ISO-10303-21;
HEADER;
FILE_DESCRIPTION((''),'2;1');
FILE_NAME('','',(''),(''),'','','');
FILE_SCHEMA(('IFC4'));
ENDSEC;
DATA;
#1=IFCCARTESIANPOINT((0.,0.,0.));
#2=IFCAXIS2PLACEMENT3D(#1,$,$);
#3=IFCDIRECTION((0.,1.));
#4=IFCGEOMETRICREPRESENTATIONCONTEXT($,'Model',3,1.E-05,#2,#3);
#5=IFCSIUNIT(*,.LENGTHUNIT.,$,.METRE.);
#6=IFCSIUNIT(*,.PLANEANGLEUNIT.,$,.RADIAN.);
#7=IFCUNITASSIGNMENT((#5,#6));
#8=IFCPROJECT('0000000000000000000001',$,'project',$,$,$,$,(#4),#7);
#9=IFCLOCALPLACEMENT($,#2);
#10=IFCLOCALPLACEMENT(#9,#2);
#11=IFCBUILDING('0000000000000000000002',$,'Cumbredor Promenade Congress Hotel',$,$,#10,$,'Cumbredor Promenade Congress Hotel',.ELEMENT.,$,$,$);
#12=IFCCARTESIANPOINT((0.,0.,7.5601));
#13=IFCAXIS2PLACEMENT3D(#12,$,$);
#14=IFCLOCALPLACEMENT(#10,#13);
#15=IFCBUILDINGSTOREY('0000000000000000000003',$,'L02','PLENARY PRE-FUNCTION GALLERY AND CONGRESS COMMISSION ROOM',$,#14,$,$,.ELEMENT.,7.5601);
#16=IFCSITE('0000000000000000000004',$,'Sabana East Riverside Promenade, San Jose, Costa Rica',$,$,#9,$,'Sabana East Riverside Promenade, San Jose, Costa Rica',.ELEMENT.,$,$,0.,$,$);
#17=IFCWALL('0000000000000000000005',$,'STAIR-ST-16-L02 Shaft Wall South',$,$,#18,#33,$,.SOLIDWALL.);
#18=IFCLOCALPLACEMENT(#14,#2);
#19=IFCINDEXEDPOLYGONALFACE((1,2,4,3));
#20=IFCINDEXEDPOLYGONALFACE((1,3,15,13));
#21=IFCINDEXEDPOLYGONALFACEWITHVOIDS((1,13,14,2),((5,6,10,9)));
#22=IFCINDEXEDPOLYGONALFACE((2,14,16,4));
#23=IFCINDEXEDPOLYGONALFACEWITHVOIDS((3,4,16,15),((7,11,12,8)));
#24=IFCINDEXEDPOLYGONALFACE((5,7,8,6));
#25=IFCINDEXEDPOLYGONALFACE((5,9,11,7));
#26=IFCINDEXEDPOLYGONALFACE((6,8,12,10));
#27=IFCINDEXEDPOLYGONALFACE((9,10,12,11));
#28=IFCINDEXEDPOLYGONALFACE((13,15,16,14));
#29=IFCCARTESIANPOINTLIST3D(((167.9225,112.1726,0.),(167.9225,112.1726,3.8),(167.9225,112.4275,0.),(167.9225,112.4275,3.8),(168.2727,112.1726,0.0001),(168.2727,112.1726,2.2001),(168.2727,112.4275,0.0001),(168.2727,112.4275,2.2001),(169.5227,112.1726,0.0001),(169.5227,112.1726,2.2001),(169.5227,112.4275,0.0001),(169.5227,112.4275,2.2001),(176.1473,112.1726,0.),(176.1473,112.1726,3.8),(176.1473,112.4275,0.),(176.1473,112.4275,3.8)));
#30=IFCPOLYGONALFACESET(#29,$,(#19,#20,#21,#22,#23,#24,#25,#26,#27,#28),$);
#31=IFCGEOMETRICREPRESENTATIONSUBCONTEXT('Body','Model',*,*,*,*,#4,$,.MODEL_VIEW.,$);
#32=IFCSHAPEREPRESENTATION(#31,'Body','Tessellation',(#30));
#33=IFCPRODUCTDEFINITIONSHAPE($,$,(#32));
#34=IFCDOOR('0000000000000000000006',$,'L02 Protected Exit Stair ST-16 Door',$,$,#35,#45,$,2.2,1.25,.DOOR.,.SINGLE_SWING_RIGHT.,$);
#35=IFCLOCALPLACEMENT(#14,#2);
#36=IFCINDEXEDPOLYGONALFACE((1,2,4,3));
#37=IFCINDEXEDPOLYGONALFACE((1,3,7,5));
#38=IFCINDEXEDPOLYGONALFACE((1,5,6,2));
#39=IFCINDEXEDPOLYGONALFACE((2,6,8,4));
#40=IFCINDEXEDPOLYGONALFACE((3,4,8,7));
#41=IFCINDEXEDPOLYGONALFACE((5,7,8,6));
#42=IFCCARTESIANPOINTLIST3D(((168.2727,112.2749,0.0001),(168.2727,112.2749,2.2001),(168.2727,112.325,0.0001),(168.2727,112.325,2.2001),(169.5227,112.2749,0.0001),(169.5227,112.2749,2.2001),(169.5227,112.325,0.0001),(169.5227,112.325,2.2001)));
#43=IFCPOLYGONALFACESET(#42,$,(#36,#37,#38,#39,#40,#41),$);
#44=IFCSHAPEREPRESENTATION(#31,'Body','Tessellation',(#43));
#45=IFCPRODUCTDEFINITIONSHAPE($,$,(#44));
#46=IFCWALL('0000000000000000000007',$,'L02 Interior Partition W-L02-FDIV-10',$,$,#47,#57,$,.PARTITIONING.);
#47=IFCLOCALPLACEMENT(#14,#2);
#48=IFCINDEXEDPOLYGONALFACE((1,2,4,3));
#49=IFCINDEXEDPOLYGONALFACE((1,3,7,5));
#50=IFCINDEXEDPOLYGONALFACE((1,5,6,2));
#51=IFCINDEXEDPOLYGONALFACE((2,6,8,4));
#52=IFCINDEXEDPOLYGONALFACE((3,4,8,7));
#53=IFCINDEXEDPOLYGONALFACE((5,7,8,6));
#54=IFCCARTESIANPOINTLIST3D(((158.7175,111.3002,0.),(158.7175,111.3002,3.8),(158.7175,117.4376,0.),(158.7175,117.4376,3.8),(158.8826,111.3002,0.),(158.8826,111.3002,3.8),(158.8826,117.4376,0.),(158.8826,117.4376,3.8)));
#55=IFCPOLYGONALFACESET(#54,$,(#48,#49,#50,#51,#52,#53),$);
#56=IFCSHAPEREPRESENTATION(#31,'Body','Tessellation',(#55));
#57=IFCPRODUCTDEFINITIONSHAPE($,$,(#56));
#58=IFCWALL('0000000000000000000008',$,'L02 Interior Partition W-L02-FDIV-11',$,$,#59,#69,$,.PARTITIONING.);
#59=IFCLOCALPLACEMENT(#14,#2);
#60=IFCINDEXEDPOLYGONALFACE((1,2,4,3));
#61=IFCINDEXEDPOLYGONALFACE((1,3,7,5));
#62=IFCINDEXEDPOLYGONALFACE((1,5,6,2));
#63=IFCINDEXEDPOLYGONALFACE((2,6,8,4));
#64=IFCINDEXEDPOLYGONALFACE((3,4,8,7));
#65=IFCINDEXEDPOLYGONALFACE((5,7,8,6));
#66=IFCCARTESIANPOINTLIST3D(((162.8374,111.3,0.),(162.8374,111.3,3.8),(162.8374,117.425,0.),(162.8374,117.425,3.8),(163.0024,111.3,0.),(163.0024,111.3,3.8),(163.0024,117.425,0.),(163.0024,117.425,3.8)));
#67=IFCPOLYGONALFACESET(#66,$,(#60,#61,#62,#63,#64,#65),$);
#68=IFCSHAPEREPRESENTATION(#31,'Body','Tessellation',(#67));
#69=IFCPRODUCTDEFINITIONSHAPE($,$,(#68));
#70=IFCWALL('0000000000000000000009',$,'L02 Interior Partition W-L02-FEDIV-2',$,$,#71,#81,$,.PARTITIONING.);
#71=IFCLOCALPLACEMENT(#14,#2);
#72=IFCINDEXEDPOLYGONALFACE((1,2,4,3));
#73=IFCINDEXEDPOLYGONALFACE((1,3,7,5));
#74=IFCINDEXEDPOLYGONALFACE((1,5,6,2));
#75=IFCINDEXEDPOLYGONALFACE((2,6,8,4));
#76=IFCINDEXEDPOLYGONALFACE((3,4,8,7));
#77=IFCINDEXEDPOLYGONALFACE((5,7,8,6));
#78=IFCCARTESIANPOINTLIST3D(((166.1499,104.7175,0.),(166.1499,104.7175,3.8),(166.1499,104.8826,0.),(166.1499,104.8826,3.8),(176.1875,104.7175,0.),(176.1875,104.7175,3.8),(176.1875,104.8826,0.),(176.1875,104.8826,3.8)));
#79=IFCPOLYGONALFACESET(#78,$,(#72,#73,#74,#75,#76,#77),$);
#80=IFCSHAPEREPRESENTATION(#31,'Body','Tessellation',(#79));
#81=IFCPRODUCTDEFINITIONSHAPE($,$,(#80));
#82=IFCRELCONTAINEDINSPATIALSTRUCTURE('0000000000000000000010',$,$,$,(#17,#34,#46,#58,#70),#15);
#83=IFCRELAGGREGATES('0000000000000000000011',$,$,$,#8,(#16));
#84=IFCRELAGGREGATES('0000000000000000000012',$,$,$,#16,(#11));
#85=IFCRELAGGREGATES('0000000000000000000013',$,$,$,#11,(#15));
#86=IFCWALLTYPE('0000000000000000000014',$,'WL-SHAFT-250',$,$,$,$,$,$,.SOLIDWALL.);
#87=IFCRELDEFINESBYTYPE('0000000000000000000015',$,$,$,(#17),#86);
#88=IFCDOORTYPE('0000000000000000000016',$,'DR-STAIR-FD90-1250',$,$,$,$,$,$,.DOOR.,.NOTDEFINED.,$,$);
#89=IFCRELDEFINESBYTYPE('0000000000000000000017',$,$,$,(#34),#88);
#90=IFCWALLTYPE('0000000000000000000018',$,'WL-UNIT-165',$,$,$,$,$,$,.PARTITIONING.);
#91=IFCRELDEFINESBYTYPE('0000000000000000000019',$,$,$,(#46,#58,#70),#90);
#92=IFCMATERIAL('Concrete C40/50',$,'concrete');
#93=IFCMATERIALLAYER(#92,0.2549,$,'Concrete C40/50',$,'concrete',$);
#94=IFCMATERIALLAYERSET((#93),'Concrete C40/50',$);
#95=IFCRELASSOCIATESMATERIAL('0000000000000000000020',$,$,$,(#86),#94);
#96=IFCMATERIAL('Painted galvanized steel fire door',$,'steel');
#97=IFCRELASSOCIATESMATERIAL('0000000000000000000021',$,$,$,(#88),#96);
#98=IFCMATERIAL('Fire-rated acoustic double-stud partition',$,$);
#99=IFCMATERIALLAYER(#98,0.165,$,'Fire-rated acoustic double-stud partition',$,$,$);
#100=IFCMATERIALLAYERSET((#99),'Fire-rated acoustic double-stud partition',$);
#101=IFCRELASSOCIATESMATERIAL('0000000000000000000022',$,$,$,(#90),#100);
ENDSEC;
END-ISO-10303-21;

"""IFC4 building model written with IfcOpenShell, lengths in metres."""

from ifc_helpers import new_model, si_unit, direction, frame, frame_2d, origin, place, context, subcontext, project, spatial, rectangle, extrude, material, layer, layer_set, type_object, element, fill, save


model = new_model("IFC4")

# Units and contexts
model_context = context("Model", 3, precision=1e-05, world=origin(), true_north=direction((0.0, 1.0)))
body_context = subcontext(model_context, "Body", "Model", "MODEL_VIEW")
ifc_project = project(units=[si_unit("LENGTHUNIT", "METRE"), si_unit("PLANEANGLEUNIT", "RADIAN")], contexts=[model_context])

# Site, building, storey
site_placement = place(None, origin())
site = spatial("IfcSite", under=ifc_project, at=site_placement, Name="Sabana East Riverside Promenade, San Jose, Costa Rica", LongName="Sabana East Riverside Promenade, San Jose, Costa Rica", CompositionType="ELEMENT", RefElevation=0.0)
building_placement = place(site_placement, origin())
building = spatial("IfcBuilding", under=site, at=building_placement, Name="Cumbredor Promenade Congress Hotel", LongName="Cumbredor Promenade Congress Hotel", CompositionType="ELEMENT")
storey_placement = place(building_placement, frame((0.0, 0.0, 7.5601)))
storey = spatial("IfcBuildingStorey", under=building, at=storey_placement, Name="L02", Description="PLENARY PRE-FUNCTION GALLERY AND CONGRESS COMMISSION ROOM", CompositionType="ELEMENT", Elevation=7.5601)

# Shared definitions
ifc_material_1 = material(Name="Concrete C40/50", Category="concrete")

# Wall, opening, door
ifc_layer_1 = layer(ifc_material_1, 0.2549, Name="Concrete C40/50", Category="concrete")
ifc_layer_set_1 = layer_set([ifc_layer_1], Name="Concrete C40/50")
wall_type_1 = type_object("IfcWallType", Name="WL-SHAFT-250", PredefinedType="SOLIDWALL", material=ifc_layer_set_1)
wall_1_placement = place(storey_placement, frame((167.9226, 112.3, 0.0), z_axis=(0.0, 0.0, 1.0), x_axis=(1.0, 0.0, 0.0)))
wall_1 = element("IfcWall", 1, at=wall_1_placement, inside=storey, type_object=wall_type_1, Name="STAIR-ST-16-L02 Shaft Wall South", PredefinedType="SOLIDWALL", context=body_context, shape_type="SweptSolid", body=[
    extrude(rectangle(XDim=8.2249, YDim=0.2549, at=frame_2d((4.1123, 0.0))), origin(), (0.0, 0.0, 1.0), 3.8),
])
opening_placement = place(wall_1_placement, frame((0.3501, 0.0, 0.0)))
opening = element("IfcOpeningElement", 2, at=opening_placement, cuts=wall_1, PredefinedType="OPENING", context=body_context, shape_type="SweptSolid", body=[
    extrude(rectangle(XDim=1.25, YDim=2.2, at=frame_2d((0.625, 1.1001))), frame((0.0, 0.1375, 0.0), z_axis=(0.0, -1.0, 0.0), x_axis=(1.0, 0.0, 0.0)), (0.0, 0.0, 1.0), 0.2749),
])
ifc_material_2 = material(Name="Painted galvanized steel fire door", Category="steel")
door_type = type_object("IfcDoorType", Name="DR-STAIR-FD90-1250", OperationType="NOTDEFINED", PredefinedType="DOOR", material=ifc_material_2)
door_placement = place(opening_placement, origin())
door = element("IfcDoor", 3, at=door_placement, inside=storey, type_object=door_type, Name="L02 Protected Exit Stair ST-16 Door", OperationType="SINGLE_SWING_RIGHT", OverallHeight=2.2, OverallWidth=1.25, PredefinedType="DOOR", context=body_context, shape_type="SweptSolid", body=[
    extrude(rectangle(XDim=1.25, YDim=2.2, at=frame_2d((0.625, 1.1001))), frame((0.0, 0.0249, 0.0), z_axis=(0.0, -1.0, 0.0), x_axis=(1.0, 0.0, 0.0)), (0.0, 0.0, 1.0), 0.05),
])
fill(opening, door)

# Walls
ifc_material_3 = material(Name="Fire-rated acoustic double-stud partition")
ifc_layer_2 = layer(ifc_material_3, 0.165, Name="Fire-rated acoustic double-stud partition")
ifc_layer_set_2 = layer_set([ifc_layer_2], Name="Fire-rated acoustic double-stud partition")
wall_type_2 = type_object("IfcWallType", Name="WL-UNIT-165", PredefinedType="PARTITIONING", material=ifc_layer_set_2)
wall_2_placement = place(storey_placement, frame((158.8, 111.3, 0.0), z_axis=(0.0, 0.0, 1.0), x_axis=(0.0, 1.0, 0.0)))
element("IfcWall", 4, at=wall_2_placement, inside=storey, type_object=wall_type_2, Name="L02 Interior Partition W-L02-FDIV-10", PredefinedType="PARTITIONING", context=body_context, shape_type="SweptSolid", body=[
    extrude(rectangle(XDim=6.1375, YDim=0.165, at=frame_2d((3.0688, 0.0))), origin(), (0.0, 0.0, 1.0), 3.8),
])
wall_3_placement = place(storey_placement, frame((162.9199, 111.3, 0.0), z_axis=(0.0, 0.0, 1.0), x_axis=(0.0, 1.0, 0.0)))
element("IfcWall", 5, at=wall_3_placement, inside=storey, type_object=wall_type_2, Name="L02 Interior Partition W-L02-FDIV-11", PredefinedType="PARTITIONING", context=body_context, shape_type="SweptSolid", body=[
    extrude(rectangle(XDim=6.125, YDim=0.165, at=frame_2d((3.0625, 0.0))), origin(), (0.0, 0.0, 1.0), 3.8),
])
wall_4_placement = place(storey_placement, frame((166.1499, 104.8, 0.0), z_axis=(0.0, 0.0, 1.0), x_axis=(1.0, 0.0, 0.0)))
element("IfcWall", 6, at=wall_4_placement, inside=storey, type_object=wall_type_2, Name="L02 Interior Partition W-L02-FEDIV-2", PredefinedType="PARTITIONING", context=body_context, shape_type="SweptSolid", body=[
    extrude(rectangle(XDim=10.0376, YDim=0.165, at=frame_2d((5.0188, 0.0))), origin(), (0.0, 0.0, 1.0), 3.8),
])

save(model, "model.ifc")
